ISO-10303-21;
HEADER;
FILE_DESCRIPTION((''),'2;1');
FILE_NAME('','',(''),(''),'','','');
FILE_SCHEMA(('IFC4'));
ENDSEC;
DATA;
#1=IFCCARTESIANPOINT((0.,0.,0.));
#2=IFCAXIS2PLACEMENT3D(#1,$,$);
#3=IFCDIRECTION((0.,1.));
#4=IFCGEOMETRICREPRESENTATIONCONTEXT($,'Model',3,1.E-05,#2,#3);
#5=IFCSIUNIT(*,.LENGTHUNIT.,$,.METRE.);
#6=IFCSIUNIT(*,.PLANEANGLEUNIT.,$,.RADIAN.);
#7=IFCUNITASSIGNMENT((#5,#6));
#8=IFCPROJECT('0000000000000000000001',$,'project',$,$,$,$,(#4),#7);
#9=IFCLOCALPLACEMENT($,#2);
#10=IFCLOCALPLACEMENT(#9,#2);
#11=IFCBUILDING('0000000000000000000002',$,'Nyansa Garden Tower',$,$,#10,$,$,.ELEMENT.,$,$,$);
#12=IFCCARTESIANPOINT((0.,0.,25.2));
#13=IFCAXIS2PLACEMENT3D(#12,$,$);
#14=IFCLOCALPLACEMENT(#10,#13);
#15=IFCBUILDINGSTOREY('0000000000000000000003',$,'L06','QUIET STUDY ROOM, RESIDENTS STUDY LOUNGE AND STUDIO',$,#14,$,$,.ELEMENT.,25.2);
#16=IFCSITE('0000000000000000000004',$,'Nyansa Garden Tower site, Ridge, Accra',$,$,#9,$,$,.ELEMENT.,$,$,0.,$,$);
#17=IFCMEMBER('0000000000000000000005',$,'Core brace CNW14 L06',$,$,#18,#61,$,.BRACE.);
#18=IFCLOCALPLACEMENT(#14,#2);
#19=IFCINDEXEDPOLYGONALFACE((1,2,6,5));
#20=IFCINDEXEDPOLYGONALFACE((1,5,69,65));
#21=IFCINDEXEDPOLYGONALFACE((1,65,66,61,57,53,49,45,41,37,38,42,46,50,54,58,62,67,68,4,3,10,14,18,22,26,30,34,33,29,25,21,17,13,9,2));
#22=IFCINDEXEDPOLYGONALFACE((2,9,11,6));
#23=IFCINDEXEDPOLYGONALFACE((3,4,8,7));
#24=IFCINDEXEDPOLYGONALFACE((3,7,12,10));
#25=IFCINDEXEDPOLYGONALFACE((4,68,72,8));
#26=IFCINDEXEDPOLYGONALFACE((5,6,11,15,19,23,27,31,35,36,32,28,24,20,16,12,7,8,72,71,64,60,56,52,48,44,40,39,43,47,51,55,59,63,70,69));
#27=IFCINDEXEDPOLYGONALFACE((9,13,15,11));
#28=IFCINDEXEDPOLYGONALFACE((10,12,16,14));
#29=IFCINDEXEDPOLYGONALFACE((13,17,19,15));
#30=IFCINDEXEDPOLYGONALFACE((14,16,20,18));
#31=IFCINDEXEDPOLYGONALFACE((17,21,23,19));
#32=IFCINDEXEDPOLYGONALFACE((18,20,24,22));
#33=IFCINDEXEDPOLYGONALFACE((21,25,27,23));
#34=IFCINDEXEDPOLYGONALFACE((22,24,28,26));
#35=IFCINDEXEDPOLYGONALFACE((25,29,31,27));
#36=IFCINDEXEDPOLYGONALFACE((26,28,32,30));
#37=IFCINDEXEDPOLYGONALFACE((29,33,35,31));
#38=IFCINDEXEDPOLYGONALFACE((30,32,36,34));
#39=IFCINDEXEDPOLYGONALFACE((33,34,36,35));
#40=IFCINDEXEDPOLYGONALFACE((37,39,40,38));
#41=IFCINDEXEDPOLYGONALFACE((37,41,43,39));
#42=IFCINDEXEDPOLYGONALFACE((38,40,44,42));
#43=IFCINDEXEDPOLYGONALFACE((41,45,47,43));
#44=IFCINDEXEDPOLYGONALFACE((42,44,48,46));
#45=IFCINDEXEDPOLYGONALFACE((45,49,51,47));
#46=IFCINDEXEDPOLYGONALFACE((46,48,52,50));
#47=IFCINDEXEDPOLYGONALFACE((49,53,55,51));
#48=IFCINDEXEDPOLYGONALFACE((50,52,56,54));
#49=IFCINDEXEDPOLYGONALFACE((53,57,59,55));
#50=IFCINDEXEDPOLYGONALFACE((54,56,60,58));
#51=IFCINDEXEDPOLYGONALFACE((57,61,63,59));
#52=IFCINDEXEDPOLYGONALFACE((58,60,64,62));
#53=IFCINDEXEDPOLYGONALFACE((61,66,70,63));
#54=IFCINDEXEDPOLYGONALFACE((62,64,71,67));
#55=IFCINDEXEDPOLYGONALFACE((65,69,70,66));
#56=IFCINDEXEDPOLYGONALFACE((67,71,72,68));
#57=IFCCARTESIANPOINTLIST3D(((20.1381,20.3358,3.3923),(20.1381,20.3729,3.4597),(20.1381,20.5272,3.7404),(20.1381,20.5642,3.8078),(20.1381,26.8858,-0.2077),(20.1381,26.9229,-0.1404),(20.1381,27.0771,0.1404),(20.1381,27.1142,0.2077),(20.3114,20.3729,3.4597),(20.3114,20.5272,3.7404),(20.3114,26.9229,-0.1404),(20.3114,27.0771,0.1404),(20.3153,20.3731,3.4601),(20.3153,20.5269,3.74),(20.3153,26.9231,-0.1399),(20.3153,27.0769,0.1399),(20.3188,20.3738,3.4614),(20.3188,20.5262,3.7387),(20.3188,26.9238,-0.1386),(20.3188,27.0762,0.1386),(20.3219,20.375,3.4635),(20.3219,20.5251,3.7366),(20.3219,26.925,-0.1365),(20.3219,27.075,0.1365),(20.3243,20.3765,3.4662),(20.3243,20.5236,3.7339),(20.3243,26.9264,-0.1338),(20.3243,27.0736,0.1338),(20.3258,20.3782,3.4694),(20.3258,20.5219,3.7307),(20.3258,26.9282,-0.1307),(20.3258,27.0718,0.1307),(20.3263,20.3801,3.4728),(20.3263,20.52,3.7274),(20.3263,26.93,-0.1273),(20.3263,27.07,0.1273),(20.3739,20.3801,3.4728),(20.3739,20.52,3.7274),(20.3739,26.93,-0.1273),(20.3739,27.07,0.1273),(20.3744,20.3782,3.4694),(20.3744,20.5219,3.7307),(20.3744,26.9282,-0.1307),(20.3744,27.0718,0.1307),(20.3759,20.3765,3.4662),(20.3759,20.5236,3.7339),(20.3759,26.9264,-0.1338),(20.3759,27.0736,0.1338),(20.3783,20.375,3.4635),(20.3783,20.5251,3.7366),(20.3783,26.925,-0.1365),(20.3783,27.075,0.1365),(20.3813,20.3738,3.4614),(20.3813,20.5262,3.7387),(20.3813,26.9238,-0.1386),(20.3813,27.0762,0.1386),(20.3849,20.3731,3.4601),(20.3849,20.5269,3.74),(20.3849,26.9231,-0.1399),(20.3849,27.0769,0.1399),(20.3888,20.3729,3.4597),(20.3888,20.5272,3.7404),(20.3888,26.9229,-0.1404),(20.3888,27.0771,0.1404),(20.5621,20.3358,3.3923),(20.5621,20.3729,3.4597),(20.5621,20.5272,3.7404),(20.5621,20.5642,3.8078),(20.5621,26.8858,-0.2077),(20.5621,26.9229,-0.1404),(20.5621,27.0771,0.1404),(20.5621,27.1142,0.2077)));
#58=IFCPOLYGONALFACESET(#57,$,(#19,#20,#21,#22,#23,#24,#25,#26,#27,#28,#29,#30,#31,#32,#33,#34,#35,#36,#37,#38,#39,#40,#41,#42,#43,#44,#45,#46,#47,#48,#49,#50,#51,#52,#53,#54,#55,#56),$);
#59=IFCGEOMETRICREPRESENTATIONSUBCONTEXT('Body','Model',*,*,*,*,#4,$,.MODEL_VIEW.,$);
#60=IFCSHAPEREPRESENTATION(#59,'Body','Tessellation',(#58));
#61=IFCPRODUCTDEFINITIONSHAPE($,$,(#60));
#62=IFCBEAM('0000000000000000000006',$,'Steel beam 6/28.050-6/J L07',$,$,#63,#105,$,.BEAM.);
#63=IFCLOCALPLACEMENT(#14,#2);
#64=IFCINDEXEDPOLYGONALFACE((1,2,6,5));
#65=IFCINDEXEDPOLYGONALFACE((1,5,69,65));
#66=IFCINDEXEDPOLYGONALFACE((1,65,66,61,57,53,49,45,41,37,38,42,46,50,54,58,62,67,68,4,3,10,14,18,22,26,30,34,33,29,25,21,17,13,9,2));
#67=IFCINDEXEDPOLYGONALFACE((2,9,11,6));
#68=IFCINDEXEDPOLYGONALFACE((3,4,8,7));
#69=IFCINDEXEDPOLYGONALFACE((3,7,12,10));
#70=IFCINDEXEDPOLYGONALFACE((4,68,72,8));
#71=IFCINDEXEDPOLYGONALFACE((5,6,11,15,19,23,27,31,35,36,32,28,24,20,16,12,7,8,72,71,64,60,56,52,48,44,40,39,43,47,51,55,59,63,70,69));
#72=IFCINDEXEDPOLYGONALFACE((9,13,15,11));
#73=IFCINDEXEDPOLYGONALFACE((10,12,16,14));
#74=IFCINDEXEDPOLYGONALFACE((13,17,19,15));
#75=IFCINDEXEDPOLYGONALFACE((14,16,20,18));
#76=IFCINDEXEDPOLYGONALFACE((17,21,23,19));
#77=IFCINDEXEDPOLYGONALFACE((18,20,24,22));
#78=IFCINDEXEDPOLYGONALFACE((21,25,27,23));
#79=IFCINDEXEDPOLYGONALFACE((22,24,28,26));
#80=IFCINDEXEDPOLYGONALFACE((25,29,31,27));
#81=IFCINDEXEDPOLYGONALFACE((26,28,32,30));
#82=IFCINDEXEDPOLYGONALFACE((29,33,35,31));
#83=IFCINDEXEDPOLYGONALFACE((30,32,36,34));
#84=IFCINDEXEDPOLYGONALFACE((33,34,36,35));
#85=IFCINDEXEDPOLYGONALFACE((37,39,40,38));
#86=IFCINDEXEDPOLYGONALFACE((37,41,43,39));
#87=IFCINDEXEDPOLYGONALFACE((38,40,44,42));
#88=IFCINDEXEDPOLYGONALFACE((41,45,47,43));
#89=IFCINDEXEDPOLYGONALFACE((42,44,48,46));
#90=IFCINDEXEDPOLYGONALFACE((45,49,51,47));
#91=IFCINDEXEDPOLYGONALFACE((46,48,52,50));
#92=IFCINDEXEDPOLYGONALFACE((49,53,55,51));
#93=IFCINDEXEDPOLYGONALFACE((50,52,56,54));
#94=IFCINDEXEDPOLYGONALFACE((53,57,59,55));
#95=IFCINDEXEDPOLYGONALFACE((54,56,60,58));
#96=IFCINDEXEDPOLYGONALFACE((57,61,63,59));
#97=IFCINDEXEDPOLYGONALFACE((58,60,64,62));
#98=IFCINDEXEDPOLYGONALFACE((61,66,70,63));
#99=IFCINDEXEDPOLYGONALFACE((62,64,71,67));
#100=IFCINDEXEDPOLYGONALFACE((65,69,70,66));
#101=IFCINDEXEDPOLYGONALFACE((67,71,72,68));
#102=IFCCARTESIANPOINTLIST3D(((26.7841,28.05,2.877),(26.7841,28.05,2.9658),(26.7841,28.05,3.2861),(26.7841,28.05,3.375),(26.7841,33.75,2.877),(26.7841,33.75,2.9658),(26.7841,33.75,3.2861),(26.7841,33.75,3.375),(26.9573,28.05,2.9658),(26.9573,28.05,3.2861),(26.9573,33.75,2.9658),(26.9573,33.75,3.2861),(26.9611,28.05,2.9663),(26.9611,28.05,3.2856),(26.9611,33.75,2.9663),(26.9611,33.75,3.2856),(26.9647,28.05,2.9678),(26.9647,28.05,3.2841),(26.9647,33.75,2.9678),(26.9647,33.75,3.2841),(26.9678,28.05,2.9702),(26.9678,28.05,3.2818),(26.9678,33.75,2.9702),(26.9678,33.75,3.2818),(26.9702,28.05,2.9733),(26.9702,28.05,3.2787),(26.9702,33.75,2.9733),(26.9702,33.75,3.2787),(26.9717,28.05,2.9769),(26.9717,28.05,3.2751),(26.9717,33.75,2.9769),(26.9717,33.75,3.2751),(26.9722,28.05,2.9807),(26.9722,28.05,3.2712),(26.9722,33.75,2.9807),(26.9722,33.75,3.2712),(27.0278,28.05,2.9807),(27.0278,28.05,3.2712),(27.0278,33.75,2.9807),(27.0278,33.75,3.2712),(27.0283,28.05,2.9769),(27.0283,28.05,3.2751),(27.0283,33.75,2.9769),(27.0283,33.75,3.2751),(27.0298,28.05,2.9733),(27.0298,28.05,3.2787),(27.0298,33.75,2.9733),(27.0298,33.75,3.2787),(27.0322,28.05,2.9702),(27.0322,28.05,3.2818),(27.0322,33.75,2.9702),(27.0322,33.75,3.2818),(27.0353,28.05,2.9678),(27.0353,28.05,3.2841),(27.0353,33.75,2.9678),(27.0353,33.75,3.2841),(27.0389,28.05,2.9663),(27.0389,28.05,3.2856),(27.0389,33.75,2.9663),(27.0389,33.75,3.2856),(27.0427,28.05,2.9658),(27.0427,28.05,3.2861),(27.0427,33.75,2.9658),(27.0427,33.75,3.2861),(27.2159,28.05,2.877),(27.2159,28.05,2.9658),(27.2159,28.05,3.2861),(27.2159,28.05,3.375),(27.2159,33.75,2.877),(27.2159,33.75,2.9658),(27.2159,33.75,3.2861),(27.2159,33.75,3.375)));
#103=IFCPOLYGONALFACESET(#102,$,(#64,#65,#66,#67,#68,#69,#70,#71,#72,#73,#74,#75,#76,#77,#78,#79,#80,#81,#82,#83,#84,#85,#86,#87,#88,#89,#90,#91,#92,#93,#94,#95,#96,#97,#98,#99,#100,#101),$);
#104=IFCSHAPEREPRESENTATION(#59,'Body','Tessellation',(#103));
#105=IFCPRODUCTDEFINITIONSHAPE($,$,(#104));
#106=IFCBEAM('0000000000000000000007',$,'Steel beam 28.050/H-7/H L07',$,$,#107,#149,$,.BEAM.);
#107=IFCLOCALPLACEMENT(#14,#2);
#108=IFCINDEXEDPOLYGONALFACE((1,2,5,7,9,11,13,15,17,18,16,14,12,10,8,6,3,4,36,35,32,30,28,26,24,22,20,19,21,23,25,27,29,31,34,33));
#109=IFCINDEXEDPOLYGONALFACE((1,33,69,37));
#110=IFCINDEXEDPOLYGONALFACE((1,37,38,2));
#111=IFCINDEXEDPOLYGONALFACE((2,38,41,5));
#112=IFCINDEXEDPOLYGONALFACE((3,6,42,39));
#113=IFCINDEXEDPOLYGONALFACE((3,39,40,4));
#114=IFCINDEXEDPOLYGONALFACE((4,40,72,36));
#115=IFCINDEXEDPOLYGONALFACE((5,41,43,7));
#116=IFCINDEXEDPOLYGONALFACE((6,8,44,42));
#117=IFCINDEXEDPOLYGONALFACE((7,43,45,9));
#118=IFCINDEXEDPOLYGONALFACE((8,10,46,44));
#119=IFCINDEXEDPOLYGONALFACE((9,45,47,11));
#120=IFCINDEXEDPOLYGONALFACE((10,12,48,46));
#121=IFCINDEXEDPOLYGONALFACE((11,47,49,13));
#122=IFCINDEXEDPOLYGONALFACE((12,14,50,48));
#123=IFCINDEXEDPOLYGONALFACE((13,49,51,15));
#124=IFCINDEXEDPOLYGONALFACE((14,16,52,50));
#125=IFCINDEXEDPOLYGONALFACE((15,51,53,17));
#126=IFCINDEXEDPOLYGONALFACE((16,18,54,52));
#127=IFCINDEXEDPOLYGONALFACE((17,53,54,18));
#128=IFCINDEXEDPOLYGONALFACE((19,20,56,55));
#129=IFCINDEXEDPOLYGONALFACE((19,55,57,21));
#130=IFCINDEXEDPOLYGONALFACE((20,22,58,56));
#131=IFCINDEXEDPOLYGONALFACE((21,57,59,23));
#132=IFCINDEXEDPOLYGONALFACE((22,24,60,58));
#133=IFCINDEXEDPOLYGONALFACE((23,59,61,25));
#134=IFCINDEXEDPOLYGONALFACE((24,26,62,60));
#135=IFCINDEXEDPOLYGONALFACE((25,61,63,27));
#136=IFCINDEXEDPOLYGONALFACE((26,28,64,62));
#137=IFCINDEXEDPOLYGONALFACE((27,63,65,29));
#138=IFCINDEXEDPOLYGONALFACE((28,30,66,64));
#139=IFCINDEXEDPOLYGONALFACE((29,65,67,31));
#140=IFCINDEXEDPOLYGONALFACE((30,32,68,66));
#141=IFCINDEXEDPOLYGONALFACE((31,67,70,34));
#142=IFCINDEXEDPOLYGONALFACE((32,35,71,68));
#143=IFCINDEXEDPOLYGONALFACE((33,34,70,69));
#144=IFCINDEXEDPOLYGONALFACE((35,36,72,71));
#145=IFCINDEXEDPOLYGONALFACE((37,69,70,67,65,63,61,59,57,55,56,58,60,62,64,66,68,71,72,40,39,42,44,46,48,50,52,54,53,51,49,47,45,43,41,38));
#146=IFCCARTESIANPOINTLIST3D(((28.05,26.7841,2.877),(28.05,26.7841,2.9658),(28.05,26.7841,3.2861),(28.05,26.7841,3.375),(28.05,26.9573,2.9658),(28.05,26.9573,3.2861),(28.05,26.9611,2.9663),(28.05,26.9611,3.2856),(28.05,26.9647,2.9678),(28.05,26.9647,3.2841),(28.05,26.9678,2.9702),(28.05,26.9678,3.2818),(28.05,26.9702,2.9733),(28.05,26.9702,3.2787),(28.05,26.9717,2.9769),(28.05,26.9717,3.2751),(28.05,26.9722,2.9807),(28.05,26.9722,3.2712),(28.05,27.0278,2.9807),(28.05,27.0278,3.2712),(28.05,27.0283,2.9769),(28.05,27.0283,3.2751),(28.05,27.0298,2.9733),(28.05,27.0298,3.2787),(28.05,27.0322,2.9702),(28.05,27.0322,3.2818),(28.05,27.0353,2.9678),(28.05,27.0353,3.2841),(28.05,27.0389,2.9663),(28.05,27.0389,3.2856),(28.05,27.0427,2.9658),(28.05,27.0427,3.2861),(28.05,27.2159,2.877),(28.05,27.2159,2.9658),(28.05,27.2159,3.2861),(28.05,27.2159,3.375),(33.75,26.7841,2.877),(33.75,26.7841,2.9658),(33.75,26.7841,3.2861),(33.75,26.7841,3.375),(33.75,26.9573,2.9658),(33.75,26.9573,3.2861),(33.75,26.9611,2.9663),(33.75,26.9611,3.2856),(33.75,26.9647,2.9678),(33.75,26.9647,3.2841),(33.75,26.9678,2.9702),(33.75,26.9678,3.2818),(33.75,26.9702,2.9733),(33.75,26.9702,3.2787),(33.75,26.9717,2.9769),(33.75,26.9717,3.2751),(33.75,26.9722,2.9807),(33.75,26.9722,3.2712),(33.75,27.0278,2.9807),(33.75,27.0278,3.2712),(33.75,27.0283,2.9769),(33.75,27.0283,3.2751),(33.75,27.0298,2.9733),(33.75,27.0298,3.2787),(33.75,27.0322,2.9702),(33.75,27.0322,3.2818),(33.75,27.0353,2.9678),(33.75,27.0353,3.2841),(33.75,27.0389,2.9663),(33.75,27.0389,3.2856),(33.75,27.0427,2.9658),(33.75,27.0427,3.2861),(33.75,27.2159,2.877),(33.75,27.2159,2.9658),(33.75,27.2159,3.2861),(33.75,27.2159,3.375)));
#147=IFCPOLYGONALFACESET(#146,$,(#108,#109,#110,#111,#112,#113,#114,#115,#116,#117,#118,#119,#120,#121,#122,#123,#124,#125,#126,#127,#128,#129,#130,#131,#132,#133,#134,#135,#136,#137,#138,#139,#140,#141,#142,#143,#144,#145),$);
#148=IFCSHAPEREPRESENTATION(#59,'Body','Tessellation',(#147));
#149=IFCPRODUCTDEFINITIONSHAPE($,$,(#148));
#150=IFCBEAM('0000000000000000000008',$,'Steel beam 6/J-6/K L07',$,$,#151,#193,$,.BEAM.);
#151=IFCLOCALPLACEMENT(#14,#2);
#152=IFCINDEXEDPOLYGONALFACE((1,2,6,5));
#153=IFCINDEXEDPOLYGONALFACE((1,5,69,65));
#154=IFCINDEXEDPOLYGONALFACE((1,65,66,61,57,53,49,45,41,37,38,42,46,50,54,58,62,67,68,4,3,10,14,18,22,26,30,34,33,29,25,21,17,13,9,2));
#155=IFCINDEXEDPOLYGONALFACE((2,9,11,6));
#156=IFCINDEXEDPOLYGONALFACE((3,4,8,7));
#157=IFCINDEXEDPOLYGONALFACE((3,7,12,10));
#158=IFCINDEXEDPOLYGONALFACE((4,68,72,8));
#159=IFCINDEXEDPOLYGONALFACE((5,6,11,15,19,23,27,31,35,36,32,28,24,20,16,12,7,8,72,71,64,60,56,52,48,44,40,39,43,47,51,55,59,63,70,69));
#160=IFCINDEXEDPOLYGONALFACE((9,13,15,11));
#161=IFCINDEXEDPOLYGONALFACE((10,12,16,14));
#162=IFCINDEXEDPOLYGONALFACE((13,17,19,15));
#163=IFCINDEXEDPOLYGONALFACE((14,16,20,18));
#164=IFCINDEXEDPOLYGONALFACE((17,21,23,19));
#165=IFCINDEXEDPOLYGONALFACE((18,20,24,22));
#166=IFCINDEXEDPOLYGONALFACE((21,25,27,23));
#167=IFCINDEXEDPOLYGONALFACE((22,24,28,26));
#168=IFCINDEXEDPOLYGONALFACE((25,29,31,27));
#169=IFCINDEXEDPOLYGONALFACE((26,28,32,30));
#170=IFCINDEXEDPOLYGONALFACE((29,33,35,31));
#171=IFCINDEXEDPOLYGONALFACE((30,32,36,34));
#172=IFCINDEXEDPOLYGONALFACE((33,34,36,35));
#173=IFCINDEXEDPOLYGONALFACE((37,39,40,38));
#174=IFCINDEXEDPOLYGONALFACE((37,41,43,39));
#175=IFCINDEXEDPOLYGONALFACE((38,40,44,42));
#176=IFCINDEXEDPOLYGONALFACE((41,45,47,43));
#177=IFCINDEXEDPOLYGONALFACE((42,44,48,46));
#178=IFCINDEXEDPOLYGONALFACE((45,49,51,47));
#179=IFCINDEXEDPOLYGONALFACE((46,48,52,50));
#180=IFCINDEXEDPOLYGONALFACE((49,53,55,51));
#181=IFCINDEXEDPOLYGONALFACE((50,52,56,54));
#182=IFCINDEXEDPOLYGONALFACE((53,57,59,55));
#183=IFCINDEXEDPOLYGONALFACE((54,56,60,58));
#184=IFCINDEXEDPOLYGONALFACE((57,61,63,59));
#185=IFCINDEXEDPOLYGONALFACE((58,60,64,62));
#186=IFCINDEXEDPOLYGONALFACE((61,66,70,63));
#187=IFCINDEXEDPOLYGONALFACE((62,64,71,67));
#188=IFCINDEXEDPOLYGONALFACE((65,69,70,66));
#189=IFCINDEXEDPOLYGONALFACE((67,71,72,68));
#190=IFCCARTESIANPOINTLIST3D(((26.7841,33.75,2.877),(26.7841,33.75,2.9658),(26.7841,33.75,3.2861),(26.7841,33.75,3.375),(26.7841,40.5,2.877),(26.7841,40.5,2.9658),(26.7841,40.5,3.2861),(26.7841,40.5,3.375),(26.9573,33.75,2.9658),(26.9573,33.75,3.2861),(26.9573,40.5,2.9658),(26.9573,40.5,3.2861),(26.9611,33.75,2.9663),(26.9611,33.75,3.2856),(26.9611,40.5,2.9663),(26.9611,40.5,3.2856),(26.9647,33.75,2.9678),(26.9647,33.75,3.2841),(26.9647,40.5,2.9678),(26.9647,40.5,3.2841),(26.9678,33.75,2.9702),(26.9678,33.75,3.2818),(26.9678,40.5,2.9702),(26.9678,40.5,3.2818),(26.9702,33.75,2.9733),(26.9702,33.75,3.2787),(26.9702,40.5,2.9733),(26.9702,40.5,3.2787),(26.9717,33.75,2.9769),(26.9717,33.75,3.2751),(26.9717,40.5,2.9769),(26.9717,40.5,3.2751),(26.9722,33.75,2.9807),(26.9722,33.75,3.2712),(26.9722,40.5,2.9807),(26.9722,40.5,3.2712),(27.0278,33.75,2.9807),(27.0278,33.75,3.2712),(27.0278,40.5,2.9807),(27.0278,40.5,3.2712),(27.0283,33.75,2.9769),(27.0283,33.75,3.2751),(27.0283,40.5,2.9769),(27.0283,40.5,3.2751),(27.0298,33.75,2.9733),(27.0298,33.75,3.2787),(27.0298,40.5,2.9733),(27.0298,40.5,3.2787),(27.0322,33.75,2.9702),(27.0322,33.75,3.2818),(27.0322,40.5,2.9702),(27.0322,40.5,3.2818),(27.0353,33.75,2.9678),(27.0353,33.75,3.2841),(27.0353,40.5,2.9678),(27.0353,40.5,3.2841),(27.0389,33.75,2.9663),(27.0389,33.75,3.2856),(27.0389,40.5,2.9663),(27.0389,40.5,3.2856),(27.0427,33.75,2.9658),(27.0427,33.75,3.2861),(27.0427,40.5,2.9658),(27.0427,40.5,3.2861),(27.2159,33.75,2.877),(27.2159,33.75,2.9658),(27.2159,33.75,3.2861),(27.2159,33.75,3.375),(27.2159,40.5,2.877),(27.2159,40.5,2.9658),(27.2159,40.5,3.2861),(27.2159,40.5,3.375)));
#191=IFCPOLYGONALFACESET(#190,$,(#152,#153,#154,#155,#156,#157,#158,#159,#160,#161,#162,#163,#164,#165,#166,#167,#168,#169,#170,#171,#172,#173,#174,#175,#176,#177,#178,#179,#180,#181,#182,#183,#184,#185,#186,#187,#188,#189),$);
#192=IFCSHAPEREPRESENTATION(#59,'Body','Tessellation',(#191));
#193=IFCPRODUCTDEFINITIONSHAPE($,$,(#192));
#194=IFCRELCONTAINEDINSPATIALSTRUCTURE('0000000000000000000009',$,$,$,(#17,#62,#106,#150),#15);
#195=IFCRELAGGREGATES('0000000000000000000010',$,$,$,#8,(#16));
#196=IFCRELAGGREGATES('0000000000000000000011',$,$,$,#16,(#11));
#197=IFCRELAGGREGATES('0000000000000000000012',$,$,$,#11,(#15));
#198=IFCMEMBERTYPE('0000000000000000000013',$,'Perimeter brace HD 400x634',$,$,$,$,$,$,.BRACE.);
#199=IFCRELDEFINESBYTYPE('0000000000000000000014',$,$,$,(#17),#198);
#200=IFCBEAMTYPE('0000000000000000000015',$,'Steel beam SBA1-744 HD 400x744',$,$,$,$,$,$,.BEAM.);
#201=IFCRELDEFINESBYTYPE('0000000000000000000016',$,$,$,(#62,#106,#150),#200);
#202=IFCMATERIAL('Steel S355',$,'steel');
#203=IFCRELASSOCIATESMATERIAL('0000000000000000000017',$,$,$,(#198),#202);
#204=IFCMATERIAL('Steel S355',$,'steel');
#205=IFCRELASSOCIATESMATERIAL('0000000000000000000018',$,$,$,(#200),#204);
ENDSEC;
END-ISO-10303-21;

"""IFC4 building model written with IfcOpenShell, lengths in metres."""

from ifc_helpers import new_model, si_unit, direction, frame, origin, origin_2d, place, context, subcontext, project, spatial, i_section, extrude, material, material_profile, profile_set, type_object, element, save


model = new_model("IFC4")

# Units and contexts
model_context = context("Model", 3, precision=1e-05, world=origin(), true_north=direction((0.0, 1.0)))
body_context = subcontext(model_context, "Body", "Model", "MODEL_VIEW")
ifc_project = project(units=[si_unit("LENGTHUNIT", "METRE"), si_unit("PLANEANGLEUNIT", "RADIAN")], contexts=[model_context])

# Site, building, storey
site_placement = place(None, origin())
site = spatial("IfcSite", under=ifc_project, at=site_placement, Name="Nyansa Garden Tower site, Ridge, Accra", CompositionType="ELEMENT", RefElevation=0.0)
building_placement = place(site_placement, origin())
building = spatial("IfcBuilding", under=site, at=building_placement, Name="Nyansa Garden Tower", CompositionType="ELEMENT")
storey_placement = place(building_placement, frame((0.0, 0.0, 25.2)))
storey = spatial("IfcBuildingStorey", under=building, at=storey_placement, Name="L06", Description="QUIET STUDY ROOM, RESIDENTS STUDY LOUNGE AND STUDIO", CompositionType="ELEMENT", Elevation=25.2)

# Member
ifc_material_1 = material(Name="Steel S355", Category="steel")
ifc_material_profile_1 = material_profile(ifc_material_1, i_section(OverallWidth=0.4241, OverallDepth=0.4741, WebThickness=0.0476, FlangeThickness=0.0769, FilletRadius=0.0149, at=origin_2d()), Name="HD 400x634")
ifc_profile_set_1 = profile_set([ifc_material_profile_1], Name="Steel S355")
member_type = type_object("IfcMemberType", Name="Perimeter brace HD 400x634", PredefinedType="BRACE", material=ifc_profile_set_1)
for number, where, z_axis, x_axis, name in (
    (1, (20.3501, 27.0, 0.0), (0.0, -0.876353, 0.481669), (1.0, 0.0, 0.0), "Core brace CNW14 L06"),
):
    element("IfcMember", number, at=place(storey_placement, frame(where, z_axis=z_axis, x_axis=x_axis)), inside=storey, type_object=member_type, Name=name, PredefinedType="BRACE", context=body_context, shape_type="SweptSolid", body=[
        extrude(i_section(OverallWidth=0.4241, OverallDepth=0.4741, WebThickness=0.0476, FlangeThickness=0.0769, FilletRadius=0.0149, at=origin_2d()), origin(), (0.0, 0.0, 1.0), 7.4741),
    ])

# Beams
ifc_material_2 = material(Name="Steel S355", Category="steel")
ifc_material_profile_2 = material_profile(ifc_material_2, i_section(OverallWidth=0.4319, OverallDepth=0.498, WebThickness=0.0557, FlangeThickness=0.0889, FilletRadius=0.0149, at=origin_2d()), Name="HD 400x744")
ifc_profile_set_2 = profile_set([ifc_material_profile_2], Name="Steel S355")
beam_type_1 = type_object("IfcBeamType", Name="Steel beam SBA1-744 HD 400x744", PredefinedType="BEAM", material=ifc_profile_set_2)
for number, where, z_axis, x_axis, name in (
    (2, (27.0, 28.05, 3.126), (0.0, 1.0, 0.0), (-1.0, 0.0, 0.0), "Steel beam 6/28.050-6/J L07"),
    (3, (28.05, 27.0, 3.126), (1.0, 0.0, 0.0), (0.0, 1.0, 0.0), "Steel beam 28.050/H-7/H L07"),
):
    element("IfcBeam", number, at=place(storey_placement, frame(where, z_axis=z_axis, x_axis=x_axis)), inside=storey, type_object=beam_type_1, Name=name, PredefinedType="BEAM", context=body_context, shape_type="SweptSolid", body=[
        extrude(i_section(OverallWidth=0.4319, OverallDepth=0.498, WebThickness=0.0557, FlangeThickness=0.0889, FilletRadius=0.0149, at=origin_2d()), origin(), (0.0, 0.0, 1.0), 5.7),
    ])
for number, where, z_axis, x_axis, name in (
    (4, (27.0, 33.75, 3.126), (0.0, 1.0, 0.0), (-1.0, 0.0, 0.0), "Steel beam 6/J-6/K L07"),
):
    element("IfcBeam", number, at=place(storey_placement, frame(where, z_axis=z_axis, x_axis=x_axis)), inside=storey, type_object=beam_type_1, Name=name, PredefinedType="BEAM", context=body_context, shape_type="SweptSolid", body=[
        extrude(i_section(OverallWidth=0.4319, OverallDepth=0.498, WebThickness=0.0557, FlangeThickness=0.0889, FilletRadius=0.0149, at=origin_2d()), origin(), (0.0, 0.0, 1.0), 6.75),
    ])

save(model, "model.ifc")
